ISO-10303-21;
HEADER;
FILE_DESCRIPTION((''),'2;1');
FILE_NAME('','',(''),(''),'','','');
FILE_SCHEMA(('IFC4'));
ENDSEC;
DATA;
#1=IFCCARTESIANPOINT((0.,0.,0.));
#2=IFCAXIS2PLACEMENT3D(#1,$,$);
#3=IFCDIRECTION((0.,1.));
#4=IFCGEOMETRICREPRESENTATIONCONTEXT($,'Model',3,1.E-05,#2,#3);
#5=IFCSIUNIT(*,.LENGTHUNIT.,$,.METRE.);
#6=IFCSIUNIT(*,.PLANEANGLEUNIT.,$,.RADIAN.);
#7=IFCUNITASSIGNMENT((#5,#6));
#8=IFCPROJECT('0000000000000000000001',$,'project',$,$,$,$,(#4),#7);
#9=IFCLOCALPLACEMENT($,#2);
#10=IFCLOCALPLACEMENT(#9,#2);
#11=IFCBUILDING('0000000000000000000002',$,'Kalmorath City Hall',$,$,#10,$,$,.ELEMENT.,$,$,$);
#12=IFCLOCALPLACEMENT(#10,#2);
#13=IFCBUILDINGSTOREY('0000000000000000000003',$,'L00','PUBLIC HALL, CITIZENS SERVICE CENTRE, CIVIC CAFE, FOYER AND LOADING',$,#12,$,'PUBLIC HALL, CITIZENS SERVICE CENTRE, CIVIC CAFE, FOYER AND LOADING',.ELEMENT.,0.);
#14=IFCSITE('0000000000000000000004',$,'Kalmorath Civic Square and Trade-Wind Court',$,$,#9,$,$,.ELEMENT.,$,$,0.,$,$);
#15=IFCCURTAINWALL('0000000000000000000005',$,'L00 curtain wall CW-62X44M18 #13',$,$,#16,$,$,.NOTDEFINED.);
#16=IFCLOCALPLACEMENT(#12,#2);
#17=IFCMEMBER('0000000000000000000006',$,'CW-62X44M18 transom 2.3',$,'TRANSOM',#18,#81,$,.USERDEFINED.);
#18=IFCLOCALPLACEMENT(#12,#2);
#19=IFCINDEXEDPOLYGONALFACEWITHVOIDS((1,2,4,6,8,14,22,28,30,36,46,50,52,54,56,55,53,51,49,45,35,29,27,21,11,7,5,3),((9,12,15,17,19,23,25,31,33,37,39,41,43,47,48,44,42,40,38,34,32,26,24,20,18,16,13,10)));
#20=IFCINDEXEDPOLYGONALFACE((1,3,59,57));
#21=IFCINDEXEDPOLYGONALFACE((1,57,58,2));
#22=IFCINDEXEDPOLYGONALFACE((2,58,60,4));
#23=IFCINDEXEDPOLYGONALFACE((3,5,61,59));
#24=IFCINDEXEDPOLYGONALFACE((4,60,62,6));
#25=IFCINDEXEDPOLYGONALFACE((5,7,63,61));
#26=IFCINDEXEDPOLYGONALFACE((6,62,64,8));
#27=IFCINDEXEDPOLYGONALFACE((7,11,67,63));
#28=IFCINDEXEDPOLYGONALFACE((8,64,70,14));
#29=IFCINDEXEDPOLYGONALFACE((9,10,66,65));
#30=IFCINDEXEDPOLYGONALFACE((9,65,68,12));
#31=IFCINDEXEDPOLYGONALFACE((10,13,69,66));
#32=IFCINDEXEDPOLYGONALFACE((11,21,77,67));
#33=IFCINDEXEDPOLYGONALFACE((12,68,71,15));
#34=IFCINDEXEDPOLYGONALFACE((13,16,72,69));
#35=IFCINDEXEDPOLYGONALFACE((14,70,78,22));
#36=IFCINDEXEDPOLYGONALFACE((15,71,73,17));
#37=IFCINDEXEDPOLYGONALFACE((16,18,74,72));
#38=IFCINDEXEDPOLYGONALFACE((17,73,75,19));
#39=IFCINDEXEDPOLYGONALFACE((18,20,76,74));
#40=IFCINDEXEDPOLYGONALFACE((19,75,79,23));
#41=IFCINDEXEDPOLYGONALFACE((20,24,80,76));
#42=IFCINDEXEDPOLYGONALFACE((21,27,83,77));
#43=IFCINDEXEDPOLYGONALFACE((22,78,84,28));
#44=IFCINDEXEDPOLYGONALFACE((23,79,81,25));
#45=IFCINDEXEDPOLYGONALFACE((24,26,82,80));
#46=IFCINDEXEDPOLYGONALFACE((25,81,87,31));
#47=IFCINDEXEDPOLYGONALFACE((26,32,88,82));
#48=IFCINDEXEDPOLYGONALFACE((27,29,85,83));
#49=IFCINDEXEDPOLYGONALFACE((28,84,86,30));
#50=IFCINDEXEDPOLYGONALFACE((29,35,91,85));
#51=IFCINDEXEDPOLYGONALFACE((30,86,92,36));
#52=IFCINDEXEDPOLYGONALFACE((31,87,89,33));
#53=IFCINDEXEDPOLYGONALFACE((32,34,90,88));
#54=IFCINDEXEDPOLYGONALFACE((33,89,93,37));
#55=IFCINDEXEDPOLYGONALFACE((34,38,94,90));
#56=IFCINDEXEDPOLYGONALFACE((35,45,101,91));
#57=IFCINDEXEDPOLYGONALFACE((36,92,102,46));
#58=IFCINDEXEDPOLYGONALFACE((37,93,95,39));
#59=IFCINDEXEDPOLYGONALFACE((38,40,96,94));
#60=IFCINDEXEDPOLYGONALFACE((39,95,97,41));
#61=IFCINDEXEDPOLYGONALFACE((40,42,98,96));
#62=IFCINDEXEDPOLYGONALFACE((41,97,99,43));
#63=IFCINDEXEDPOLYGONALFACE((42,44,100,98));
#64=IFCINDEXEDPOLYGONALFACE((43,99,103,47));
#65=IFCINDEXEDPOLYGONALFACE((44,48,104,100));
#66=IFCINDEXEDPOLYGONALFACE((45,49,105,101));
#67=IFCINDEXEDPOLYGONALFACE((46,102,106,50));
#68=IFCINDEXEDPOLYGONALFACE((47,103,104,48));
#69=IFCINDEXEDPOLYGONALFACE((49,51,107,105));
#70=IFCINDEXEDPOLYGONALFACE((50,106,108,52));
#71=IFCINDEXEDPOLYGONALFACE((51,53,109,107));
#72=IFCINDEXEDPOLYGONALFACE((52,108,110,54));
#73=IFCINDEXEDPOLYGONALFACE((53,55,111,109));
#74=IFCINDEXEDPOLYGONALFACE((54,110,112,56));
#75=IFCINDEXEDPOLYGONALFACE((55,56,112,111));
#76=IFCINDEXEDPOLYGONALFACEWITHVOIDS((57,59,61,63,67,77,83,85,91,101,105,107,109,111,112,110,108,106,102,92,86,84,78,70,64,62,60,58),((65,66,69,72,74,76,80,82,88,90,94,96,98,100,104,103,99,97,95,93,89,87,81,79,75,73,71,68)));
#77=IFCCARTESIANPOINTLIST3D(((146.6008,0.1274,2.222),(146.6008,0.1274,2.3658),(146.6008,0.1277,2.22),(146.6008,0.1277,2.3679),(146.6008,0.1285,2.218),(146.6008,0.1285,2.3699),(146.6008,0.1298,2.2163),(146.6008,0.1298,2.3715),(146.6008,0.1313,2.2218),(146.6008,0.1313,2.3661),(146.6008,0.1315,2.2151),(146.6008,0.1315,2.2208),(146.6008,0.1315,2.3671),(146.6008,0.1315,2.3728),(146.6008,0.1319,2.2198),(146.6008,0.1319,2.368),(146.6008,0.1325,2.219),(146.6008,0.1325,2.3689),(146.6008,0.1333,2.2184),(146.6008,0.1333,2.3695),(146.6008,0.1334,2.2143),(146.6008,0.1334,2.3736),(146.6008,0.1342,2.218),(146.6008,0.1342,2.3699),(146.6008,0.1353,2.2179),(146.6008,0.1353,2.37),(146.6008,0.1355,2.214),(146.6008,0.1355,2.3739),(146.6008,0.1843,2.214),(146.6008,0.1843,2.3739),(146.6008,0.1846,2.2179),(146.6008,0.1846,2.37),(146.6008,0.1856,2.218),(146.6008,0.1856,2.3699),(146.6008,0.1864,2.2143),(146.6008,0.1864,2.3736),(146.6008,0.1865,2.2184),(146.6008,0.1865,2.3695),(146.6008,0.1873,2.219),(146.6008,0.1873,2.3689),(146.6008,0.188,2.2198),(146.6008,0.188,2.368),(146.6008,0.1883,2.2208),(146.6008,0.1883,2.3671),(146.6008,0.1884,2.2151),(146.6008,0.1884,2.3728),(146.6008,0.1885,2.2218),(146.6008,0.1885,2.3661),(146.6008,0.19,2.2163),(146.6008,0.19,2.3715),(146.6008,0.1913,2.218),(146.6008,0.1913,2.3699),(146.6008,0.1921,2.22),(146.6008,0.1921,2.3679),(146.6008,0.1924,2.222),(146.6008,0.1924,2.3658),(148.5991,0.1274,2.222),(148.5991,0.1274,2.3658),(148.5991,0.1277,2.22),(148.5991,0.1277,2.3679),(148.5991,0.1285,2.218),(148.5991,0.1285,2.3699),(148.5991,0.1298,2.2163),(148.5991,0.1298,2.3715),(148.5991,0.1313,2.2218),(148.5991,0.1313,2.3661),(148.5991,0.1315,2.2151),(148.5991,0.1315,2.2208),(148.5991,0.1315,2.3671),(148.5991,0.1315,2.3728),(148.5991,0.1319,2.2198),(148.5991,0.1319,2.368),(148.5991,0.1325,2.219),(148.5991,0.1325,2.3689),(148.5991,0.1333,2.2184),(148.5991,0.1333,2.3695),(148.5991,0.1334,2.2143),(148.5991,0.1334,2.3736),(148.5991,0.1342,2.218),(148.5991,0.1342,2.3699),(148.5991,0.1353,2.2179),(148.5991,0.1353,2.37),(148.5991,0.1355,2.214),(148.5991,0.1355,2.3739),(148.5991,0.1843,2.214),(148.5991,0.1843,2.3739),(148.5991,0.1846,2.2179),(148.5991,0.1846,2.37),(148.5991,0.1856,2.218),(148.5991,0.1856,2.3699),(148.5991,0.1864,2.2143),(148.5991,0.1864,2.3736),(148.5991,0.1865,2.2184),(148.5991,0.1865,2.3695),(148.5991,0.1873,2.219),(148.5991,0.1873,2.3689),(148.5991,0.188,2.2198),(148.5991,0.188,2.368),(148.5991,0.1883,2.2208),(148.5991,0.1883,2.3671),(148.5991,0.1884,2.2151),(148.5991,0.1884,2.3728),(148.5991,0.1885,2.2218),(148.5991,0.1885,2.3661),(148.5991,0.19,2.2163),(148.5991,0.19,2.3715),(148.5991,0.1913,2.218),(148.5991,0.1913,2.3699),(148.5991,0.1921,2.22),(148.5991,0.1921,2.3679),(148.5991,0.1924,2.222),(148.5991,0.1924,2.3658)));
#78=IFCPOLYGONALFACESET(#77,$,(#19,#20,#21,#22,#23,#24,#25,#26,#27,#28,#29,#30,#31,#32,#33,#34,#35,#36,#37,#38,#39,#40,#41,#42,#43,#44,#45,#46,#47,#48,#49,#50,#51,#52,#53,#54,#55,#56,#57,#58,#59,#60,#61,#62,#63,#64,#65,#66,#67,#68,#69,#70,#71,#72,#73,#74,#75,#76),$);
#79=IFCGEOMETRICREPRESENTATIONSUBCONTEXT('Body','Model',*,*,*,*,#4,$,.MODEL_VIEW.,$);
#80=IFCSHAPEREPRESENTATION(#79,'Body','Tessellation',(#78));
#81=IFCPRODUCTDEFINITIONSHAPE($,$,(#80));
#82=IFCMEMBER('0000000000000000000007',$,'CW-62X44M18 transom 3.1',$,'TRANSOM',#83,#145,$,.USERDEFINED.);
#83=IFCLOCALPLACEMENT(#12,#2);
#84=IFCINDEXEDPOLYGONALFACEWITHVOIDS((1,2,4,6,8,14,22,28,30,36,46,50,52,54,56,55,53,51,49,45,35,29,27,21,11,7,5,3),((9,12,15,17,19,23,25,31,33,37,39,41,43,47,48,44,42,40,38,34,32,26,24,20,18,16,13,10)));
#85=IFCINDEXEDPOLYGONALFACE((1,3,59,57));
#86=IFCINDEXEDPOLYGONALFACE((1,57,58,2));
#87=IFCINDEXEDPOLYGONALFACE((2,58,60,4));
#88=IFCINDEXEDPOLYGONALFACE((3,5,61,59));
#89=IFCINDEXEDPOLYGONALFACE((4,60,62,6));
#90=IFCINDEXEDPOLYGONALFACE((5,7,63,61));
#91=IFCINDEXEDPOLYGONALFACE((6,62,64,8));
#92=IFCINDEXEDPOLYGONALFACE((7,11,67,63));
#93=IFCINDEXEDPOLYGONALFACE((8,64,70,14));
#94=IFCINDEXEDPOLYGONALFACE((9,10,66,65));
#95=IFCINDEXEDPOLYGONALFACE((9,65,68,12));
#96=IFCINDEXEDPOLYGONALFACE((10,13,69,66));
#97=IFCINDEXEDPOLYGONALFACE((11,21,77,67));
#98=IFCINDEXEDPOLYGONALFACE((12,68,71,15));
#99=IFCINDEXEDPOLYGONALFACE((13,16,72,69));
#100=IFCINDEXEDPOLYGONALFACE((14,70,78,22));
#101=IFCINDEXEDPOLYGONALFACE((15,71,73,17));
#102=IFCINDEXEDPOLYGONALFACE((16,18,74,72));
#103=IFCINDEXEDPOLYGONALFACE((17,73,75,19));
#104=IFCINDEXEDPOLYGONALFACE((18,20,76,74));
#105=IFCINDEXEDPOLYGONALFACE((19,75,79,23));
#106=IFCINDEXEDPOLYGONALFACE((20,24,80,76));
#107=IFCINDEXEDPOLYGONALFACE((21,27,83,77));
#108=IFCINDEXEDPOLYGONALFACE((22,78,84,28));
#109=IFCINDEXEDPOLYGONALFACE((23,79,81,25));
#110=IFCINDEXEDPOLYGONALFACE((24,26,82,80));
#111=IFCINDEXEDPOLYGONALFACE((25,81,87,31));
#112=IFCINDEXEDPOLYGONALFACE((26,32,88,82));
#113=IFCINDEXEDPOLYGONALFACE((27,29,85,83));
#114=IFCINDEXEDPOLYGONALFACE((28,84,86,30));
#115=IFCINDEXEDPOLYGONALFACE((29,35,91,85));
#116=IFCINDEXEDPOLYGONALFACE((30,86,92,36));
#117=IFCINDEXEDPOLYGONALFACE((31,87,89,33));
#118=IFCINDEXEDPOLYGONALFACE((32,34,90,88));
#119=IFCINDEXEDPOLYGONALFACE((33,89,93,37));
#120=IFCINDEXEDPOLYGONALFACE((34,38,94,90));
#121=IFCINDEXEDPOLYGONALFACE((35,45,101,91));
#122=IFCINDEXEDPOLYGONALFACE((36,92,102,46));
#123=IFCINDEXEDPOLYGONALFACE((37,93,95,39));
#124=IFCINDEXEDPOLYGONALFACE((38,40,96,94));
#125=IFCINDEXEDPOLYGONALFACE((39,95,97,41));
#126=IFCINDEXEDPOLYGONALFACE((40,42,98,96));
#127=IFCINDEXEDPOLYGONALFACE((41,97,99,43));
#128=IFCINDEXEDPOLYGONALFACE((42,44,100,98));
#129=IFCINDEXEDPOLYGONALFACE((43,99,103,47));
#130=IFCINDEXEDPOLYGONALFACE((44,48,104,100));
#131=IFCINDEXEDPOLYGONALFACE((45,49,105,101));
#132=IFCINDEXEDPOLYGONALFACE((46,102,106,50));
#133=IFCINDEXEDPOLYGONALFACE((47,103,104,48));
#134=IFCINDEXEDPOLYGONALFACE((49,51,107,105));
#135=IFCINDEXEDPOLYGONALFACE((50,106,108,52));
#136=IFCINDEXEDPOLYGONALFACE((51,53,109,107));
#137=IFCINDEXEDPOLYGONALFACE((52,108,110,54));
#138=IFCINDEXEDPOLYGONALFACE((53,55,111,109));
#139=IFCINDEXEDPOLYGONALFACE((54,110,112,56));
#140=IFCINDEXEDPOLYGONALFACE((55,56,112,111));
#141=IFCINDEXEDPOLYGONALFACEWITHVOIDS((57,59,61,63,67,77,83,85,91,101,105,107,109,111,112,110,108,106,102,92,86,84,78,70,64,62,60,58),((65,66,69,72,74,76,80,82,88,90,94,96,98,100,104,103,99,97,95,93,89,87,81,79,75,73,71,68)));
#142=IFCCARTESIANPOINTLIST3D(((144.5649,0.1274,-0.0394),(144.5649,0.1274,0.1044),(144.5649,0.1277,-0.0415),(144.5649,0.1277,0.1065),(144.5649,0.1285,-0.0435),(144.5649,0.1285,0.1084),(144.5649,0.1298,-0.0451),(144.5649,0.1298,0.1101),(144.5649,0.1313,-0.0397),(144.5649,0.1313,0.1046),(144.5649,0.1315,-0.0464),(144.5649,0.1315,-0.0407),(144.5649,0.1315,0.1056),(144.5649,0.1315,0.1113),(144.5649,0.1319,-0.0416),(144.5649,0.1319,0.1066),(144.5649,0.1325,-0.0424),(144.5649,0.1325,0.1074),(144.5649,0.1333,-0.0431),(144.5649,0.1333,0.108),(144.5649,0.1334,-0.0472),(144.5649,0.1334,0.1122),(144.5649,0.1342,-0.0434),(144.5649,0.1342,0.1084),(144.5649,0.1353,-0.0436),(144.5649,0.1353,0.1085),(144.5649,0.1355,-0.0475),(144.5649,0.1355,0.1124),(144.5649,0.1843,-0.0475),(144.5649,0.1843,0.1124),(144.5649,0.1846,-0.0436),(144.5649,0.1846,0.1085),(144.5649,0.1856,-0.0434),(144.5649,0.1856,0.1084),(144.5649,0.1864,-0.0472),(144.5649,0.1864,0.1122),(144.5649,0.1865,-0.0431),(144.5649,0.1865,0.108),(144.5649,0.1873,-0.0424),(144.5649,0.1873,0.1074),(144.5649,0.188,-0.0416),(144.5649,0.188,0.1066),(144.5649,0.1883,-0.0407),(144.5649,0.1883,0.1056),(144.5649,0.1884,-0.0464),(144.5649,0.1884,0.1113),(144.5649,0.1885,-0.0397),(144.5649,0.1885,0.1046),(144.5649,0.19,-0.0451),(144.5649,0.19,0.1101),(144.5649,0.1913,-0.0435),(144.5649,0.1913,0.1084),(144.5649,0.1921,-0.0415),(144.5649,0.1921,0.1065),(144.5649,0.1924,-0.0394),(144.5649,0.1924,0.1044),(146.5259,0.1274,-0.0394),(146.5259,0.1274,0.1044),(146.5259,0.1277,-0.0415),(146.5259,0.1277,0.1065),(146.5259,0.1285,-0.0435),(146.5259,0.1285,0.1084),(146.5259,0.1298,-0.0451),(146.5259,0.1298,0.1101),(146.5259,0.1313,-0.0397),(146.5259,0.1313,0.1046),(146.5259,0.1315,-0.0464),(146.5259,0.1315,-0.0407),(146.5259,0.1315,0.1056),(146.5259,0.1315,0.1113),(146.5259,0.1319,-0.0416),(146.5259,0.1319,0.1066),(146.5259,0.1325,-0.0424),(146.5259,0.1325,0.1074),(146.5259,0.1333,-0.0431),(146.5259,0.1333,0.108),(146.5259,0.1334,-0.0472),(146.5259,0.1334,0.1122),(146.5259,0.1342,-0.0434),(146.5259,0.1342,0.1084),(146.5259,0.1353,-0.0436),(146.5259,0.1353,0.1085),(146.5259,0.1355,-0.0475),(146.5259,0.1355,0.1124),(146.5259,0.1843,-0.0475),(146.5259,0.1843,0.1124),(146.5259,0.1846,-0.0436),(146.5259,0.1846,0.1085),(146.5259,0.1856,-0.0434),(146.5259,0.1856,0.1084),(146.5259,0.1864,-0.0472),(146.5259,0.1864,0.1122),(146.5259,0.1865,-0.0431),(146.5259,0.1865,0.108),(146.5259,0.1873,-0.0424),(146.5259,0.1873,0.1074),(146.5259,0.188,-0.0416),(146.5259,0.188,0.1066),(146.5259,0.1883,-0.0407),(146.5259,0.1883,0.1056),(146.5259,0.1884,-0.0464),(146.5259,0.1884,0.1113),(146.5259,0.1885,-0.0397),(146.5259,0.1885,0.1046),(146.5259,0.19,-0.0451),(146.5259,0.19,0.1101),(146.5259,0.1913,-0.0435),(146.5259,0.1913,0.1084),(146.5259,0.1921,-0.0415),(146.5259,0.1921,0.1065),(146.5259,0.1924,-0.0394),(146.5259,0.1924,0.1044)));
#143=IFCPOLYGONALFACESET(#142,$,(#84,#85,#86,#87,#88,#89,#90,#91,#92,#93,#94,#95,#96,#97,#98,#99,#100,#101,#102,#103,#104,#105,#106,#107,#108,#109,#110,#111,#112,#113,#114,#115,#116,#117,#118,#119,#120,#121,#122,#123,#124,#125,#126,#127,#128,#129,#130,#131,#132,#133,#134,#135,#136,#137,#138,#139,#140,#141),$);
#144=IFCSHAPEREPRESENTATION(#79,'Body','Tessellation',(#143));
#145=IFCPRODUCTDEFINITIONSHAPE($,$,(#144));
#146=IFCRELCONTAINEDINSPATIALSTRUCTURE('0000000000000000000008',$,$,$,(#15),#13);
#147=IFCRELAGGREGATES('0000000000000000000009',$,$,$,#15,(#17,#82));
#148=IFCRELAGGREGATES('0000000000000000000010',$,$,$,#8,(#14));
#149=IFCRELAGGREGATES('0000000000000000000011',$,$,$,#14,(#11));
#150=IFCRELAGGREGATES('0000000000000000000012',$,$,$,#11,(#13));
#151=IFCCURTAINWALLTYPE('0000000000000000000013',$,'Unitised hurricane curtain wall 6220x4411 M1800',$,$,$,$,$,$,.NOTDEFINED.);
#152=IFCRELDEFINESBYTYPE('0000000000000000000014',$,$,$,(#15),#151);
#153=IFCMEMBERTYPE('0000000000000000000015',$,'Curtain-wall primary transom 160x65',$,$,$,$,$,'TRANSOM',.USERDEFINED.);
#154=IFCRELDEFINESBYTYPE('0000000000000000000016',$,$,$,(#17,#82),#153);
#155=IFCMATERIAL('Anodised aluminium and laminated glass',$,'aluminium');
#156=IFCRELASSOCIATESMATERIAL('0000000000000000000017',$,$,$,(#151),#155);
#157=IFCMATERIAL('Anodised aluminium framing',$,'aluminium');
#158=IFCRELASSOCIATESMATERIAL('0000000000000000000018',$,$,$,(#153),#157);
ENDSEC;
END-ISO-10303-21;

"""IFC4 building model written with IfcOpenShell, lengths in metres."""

from ifc_helpers import new_model, si_unit, direction, frame, origin, origin_2d, place, context, subcontext, project, spatial, hollow_rectangle, extrude, material, material_profile, profile_set, type_object, element, aggregate, save


model = new_model("IFC4")

# Units and contexts
model_context = context("Model", 3, precision=1e-05, world=origin(), true_north=direction((0.0, 1.0)))
body_context = subcontext(model_context, "Body", "Model", "MODEL_VIEW")
ifc_project = project(units=[si_unit("LENGTHUNIT", "METRE"), si_unit("PLANEANGLEUNIT", "RADIAN")], contexts=[model_context])

# Site, building, storey
site_placement = place(None, origin())
site = spatial("IfcSite", under=ifc_project, at=site_placement, Name="Kalmorath Civic Square and Trade-Wind Court", CompositionType="ELEMENT", RefElevation=0.0)
building_placement = place(site_placement, origin())
building = spatial("IfcBuilding", under=site, at=building_placement, Name="Kalmorath City Hall", CompositionType="ELEMENT")
storey_placement = place(building_placement, origin())
storey = spatial("IfcBuildingStorey", under=building, at=storey_placement, Name="L00", Description="PUBLIC HALL, CITIZENS SERVICE CENTRE, CIVIC CAFE, FOYER AND LOADING", LongName="PUBLIC HALL, CITIZENS SERVICE CENTRE, CIVIC CAFE, FOYER AND LOADING", CompositionType="ELEMENT", Elevation=0.0)

# Curtain wall
ifc_material_1 = material(Name="Anodised aluminium and laminated glass", Category="aluminium")
curtain_wall_type = type_object("IfcCurtainWallType", Name="Unitised hurricane curtain wall 6220x4411 M1800", PredefinedType="NOTDEFINED", material=ifc_material_1)
curtain_wall_1_placement = place(storey_placement, origin())
curtain_wall_1 = element("IfcCurtainWall", 1, at=curtain_wall_1_placement, inside=storey, type_object=curtain_wall_type, Name="L00 curtain wall CW-62X44M18 #13", PredefinedType="NOTDEFINED")

# Members
ifc_material_2 = material(Name="Anodised aluminium framing", Category="aluminium")
ifc_material_profile_1 = material_profile(ifc_material_2, hollow_rectangle(XDim=0.0649, YDim=0.1599, WallThickness=0.0039, InnerFilletRadius=0.0039, OuterFilletRadius=0.0081, at=origin_2d()), Name="ALU-TRN-160X65X4")
ifc_profile_set_1 = profile_set([ifc_material_profile_1], Name="Anodised aluminium framing")
member_type_1 = type_object("IfcMemberType", Name="Curtain-wall primary transom 160x65", ElementType="TRANSOM", PredefinedType="USERDEFINED", material=ifc_profile_set_1)
member_1_placement = place(storey_placement, frame((148.5991, 0.1599, 2.2939), z_axis=(-1.0, 0.0, 0.0), x_axis=(0.0, -1.0, 0.0)))
member_1 = element("IfcMember", 2, at=member_1_placement, type_object=member_type_1, Name="CW-62X44M18 transom 2.3", ObjectType="TRANSOM", PredefinedType="USERDEFINED", context=body_context, shape_type="SweptSolid", body=[
    extrude(hollow_rectangle(XDim=0.0649, YDim=0.1599, WallThickness=0.0039, InnerFilletRadius=0.0039, OuterFilletRadius=0.0081, at=origin_2d()), origin(), (0.0, 0.0, 1.0), 1.9983),
])
member_2_placement = place(storey_placement, frame((146.5259, 0.1599, 0.0325), z_axis=(-1.0, 0.0, 0.0), x_axis=(0.0, -1.0, 0.0)))
member_2 = element("IfcMember", 3, at=member_2_placement, type_object=member_type_1, Name="CW-62X44M18 transom 3.1", ObjectType="TRANSOM", PredefinedType="USERDEFINED", context=body_context, shape_type="SweptSolid", body=[
    extrude(hollow_rectangle(XDim=0.0649, YDim=0.1599, WallThickness=0.0039, InnerFilletRadius=0.0039, OuterFilletRadius=0.0081, at=origin_2d()), origin(), (0.0, 0.0, 1.0), 1.9609),
])

aggregate(curtain_wall_1, [member_1, member_2])

save(model, "model.ifc")
